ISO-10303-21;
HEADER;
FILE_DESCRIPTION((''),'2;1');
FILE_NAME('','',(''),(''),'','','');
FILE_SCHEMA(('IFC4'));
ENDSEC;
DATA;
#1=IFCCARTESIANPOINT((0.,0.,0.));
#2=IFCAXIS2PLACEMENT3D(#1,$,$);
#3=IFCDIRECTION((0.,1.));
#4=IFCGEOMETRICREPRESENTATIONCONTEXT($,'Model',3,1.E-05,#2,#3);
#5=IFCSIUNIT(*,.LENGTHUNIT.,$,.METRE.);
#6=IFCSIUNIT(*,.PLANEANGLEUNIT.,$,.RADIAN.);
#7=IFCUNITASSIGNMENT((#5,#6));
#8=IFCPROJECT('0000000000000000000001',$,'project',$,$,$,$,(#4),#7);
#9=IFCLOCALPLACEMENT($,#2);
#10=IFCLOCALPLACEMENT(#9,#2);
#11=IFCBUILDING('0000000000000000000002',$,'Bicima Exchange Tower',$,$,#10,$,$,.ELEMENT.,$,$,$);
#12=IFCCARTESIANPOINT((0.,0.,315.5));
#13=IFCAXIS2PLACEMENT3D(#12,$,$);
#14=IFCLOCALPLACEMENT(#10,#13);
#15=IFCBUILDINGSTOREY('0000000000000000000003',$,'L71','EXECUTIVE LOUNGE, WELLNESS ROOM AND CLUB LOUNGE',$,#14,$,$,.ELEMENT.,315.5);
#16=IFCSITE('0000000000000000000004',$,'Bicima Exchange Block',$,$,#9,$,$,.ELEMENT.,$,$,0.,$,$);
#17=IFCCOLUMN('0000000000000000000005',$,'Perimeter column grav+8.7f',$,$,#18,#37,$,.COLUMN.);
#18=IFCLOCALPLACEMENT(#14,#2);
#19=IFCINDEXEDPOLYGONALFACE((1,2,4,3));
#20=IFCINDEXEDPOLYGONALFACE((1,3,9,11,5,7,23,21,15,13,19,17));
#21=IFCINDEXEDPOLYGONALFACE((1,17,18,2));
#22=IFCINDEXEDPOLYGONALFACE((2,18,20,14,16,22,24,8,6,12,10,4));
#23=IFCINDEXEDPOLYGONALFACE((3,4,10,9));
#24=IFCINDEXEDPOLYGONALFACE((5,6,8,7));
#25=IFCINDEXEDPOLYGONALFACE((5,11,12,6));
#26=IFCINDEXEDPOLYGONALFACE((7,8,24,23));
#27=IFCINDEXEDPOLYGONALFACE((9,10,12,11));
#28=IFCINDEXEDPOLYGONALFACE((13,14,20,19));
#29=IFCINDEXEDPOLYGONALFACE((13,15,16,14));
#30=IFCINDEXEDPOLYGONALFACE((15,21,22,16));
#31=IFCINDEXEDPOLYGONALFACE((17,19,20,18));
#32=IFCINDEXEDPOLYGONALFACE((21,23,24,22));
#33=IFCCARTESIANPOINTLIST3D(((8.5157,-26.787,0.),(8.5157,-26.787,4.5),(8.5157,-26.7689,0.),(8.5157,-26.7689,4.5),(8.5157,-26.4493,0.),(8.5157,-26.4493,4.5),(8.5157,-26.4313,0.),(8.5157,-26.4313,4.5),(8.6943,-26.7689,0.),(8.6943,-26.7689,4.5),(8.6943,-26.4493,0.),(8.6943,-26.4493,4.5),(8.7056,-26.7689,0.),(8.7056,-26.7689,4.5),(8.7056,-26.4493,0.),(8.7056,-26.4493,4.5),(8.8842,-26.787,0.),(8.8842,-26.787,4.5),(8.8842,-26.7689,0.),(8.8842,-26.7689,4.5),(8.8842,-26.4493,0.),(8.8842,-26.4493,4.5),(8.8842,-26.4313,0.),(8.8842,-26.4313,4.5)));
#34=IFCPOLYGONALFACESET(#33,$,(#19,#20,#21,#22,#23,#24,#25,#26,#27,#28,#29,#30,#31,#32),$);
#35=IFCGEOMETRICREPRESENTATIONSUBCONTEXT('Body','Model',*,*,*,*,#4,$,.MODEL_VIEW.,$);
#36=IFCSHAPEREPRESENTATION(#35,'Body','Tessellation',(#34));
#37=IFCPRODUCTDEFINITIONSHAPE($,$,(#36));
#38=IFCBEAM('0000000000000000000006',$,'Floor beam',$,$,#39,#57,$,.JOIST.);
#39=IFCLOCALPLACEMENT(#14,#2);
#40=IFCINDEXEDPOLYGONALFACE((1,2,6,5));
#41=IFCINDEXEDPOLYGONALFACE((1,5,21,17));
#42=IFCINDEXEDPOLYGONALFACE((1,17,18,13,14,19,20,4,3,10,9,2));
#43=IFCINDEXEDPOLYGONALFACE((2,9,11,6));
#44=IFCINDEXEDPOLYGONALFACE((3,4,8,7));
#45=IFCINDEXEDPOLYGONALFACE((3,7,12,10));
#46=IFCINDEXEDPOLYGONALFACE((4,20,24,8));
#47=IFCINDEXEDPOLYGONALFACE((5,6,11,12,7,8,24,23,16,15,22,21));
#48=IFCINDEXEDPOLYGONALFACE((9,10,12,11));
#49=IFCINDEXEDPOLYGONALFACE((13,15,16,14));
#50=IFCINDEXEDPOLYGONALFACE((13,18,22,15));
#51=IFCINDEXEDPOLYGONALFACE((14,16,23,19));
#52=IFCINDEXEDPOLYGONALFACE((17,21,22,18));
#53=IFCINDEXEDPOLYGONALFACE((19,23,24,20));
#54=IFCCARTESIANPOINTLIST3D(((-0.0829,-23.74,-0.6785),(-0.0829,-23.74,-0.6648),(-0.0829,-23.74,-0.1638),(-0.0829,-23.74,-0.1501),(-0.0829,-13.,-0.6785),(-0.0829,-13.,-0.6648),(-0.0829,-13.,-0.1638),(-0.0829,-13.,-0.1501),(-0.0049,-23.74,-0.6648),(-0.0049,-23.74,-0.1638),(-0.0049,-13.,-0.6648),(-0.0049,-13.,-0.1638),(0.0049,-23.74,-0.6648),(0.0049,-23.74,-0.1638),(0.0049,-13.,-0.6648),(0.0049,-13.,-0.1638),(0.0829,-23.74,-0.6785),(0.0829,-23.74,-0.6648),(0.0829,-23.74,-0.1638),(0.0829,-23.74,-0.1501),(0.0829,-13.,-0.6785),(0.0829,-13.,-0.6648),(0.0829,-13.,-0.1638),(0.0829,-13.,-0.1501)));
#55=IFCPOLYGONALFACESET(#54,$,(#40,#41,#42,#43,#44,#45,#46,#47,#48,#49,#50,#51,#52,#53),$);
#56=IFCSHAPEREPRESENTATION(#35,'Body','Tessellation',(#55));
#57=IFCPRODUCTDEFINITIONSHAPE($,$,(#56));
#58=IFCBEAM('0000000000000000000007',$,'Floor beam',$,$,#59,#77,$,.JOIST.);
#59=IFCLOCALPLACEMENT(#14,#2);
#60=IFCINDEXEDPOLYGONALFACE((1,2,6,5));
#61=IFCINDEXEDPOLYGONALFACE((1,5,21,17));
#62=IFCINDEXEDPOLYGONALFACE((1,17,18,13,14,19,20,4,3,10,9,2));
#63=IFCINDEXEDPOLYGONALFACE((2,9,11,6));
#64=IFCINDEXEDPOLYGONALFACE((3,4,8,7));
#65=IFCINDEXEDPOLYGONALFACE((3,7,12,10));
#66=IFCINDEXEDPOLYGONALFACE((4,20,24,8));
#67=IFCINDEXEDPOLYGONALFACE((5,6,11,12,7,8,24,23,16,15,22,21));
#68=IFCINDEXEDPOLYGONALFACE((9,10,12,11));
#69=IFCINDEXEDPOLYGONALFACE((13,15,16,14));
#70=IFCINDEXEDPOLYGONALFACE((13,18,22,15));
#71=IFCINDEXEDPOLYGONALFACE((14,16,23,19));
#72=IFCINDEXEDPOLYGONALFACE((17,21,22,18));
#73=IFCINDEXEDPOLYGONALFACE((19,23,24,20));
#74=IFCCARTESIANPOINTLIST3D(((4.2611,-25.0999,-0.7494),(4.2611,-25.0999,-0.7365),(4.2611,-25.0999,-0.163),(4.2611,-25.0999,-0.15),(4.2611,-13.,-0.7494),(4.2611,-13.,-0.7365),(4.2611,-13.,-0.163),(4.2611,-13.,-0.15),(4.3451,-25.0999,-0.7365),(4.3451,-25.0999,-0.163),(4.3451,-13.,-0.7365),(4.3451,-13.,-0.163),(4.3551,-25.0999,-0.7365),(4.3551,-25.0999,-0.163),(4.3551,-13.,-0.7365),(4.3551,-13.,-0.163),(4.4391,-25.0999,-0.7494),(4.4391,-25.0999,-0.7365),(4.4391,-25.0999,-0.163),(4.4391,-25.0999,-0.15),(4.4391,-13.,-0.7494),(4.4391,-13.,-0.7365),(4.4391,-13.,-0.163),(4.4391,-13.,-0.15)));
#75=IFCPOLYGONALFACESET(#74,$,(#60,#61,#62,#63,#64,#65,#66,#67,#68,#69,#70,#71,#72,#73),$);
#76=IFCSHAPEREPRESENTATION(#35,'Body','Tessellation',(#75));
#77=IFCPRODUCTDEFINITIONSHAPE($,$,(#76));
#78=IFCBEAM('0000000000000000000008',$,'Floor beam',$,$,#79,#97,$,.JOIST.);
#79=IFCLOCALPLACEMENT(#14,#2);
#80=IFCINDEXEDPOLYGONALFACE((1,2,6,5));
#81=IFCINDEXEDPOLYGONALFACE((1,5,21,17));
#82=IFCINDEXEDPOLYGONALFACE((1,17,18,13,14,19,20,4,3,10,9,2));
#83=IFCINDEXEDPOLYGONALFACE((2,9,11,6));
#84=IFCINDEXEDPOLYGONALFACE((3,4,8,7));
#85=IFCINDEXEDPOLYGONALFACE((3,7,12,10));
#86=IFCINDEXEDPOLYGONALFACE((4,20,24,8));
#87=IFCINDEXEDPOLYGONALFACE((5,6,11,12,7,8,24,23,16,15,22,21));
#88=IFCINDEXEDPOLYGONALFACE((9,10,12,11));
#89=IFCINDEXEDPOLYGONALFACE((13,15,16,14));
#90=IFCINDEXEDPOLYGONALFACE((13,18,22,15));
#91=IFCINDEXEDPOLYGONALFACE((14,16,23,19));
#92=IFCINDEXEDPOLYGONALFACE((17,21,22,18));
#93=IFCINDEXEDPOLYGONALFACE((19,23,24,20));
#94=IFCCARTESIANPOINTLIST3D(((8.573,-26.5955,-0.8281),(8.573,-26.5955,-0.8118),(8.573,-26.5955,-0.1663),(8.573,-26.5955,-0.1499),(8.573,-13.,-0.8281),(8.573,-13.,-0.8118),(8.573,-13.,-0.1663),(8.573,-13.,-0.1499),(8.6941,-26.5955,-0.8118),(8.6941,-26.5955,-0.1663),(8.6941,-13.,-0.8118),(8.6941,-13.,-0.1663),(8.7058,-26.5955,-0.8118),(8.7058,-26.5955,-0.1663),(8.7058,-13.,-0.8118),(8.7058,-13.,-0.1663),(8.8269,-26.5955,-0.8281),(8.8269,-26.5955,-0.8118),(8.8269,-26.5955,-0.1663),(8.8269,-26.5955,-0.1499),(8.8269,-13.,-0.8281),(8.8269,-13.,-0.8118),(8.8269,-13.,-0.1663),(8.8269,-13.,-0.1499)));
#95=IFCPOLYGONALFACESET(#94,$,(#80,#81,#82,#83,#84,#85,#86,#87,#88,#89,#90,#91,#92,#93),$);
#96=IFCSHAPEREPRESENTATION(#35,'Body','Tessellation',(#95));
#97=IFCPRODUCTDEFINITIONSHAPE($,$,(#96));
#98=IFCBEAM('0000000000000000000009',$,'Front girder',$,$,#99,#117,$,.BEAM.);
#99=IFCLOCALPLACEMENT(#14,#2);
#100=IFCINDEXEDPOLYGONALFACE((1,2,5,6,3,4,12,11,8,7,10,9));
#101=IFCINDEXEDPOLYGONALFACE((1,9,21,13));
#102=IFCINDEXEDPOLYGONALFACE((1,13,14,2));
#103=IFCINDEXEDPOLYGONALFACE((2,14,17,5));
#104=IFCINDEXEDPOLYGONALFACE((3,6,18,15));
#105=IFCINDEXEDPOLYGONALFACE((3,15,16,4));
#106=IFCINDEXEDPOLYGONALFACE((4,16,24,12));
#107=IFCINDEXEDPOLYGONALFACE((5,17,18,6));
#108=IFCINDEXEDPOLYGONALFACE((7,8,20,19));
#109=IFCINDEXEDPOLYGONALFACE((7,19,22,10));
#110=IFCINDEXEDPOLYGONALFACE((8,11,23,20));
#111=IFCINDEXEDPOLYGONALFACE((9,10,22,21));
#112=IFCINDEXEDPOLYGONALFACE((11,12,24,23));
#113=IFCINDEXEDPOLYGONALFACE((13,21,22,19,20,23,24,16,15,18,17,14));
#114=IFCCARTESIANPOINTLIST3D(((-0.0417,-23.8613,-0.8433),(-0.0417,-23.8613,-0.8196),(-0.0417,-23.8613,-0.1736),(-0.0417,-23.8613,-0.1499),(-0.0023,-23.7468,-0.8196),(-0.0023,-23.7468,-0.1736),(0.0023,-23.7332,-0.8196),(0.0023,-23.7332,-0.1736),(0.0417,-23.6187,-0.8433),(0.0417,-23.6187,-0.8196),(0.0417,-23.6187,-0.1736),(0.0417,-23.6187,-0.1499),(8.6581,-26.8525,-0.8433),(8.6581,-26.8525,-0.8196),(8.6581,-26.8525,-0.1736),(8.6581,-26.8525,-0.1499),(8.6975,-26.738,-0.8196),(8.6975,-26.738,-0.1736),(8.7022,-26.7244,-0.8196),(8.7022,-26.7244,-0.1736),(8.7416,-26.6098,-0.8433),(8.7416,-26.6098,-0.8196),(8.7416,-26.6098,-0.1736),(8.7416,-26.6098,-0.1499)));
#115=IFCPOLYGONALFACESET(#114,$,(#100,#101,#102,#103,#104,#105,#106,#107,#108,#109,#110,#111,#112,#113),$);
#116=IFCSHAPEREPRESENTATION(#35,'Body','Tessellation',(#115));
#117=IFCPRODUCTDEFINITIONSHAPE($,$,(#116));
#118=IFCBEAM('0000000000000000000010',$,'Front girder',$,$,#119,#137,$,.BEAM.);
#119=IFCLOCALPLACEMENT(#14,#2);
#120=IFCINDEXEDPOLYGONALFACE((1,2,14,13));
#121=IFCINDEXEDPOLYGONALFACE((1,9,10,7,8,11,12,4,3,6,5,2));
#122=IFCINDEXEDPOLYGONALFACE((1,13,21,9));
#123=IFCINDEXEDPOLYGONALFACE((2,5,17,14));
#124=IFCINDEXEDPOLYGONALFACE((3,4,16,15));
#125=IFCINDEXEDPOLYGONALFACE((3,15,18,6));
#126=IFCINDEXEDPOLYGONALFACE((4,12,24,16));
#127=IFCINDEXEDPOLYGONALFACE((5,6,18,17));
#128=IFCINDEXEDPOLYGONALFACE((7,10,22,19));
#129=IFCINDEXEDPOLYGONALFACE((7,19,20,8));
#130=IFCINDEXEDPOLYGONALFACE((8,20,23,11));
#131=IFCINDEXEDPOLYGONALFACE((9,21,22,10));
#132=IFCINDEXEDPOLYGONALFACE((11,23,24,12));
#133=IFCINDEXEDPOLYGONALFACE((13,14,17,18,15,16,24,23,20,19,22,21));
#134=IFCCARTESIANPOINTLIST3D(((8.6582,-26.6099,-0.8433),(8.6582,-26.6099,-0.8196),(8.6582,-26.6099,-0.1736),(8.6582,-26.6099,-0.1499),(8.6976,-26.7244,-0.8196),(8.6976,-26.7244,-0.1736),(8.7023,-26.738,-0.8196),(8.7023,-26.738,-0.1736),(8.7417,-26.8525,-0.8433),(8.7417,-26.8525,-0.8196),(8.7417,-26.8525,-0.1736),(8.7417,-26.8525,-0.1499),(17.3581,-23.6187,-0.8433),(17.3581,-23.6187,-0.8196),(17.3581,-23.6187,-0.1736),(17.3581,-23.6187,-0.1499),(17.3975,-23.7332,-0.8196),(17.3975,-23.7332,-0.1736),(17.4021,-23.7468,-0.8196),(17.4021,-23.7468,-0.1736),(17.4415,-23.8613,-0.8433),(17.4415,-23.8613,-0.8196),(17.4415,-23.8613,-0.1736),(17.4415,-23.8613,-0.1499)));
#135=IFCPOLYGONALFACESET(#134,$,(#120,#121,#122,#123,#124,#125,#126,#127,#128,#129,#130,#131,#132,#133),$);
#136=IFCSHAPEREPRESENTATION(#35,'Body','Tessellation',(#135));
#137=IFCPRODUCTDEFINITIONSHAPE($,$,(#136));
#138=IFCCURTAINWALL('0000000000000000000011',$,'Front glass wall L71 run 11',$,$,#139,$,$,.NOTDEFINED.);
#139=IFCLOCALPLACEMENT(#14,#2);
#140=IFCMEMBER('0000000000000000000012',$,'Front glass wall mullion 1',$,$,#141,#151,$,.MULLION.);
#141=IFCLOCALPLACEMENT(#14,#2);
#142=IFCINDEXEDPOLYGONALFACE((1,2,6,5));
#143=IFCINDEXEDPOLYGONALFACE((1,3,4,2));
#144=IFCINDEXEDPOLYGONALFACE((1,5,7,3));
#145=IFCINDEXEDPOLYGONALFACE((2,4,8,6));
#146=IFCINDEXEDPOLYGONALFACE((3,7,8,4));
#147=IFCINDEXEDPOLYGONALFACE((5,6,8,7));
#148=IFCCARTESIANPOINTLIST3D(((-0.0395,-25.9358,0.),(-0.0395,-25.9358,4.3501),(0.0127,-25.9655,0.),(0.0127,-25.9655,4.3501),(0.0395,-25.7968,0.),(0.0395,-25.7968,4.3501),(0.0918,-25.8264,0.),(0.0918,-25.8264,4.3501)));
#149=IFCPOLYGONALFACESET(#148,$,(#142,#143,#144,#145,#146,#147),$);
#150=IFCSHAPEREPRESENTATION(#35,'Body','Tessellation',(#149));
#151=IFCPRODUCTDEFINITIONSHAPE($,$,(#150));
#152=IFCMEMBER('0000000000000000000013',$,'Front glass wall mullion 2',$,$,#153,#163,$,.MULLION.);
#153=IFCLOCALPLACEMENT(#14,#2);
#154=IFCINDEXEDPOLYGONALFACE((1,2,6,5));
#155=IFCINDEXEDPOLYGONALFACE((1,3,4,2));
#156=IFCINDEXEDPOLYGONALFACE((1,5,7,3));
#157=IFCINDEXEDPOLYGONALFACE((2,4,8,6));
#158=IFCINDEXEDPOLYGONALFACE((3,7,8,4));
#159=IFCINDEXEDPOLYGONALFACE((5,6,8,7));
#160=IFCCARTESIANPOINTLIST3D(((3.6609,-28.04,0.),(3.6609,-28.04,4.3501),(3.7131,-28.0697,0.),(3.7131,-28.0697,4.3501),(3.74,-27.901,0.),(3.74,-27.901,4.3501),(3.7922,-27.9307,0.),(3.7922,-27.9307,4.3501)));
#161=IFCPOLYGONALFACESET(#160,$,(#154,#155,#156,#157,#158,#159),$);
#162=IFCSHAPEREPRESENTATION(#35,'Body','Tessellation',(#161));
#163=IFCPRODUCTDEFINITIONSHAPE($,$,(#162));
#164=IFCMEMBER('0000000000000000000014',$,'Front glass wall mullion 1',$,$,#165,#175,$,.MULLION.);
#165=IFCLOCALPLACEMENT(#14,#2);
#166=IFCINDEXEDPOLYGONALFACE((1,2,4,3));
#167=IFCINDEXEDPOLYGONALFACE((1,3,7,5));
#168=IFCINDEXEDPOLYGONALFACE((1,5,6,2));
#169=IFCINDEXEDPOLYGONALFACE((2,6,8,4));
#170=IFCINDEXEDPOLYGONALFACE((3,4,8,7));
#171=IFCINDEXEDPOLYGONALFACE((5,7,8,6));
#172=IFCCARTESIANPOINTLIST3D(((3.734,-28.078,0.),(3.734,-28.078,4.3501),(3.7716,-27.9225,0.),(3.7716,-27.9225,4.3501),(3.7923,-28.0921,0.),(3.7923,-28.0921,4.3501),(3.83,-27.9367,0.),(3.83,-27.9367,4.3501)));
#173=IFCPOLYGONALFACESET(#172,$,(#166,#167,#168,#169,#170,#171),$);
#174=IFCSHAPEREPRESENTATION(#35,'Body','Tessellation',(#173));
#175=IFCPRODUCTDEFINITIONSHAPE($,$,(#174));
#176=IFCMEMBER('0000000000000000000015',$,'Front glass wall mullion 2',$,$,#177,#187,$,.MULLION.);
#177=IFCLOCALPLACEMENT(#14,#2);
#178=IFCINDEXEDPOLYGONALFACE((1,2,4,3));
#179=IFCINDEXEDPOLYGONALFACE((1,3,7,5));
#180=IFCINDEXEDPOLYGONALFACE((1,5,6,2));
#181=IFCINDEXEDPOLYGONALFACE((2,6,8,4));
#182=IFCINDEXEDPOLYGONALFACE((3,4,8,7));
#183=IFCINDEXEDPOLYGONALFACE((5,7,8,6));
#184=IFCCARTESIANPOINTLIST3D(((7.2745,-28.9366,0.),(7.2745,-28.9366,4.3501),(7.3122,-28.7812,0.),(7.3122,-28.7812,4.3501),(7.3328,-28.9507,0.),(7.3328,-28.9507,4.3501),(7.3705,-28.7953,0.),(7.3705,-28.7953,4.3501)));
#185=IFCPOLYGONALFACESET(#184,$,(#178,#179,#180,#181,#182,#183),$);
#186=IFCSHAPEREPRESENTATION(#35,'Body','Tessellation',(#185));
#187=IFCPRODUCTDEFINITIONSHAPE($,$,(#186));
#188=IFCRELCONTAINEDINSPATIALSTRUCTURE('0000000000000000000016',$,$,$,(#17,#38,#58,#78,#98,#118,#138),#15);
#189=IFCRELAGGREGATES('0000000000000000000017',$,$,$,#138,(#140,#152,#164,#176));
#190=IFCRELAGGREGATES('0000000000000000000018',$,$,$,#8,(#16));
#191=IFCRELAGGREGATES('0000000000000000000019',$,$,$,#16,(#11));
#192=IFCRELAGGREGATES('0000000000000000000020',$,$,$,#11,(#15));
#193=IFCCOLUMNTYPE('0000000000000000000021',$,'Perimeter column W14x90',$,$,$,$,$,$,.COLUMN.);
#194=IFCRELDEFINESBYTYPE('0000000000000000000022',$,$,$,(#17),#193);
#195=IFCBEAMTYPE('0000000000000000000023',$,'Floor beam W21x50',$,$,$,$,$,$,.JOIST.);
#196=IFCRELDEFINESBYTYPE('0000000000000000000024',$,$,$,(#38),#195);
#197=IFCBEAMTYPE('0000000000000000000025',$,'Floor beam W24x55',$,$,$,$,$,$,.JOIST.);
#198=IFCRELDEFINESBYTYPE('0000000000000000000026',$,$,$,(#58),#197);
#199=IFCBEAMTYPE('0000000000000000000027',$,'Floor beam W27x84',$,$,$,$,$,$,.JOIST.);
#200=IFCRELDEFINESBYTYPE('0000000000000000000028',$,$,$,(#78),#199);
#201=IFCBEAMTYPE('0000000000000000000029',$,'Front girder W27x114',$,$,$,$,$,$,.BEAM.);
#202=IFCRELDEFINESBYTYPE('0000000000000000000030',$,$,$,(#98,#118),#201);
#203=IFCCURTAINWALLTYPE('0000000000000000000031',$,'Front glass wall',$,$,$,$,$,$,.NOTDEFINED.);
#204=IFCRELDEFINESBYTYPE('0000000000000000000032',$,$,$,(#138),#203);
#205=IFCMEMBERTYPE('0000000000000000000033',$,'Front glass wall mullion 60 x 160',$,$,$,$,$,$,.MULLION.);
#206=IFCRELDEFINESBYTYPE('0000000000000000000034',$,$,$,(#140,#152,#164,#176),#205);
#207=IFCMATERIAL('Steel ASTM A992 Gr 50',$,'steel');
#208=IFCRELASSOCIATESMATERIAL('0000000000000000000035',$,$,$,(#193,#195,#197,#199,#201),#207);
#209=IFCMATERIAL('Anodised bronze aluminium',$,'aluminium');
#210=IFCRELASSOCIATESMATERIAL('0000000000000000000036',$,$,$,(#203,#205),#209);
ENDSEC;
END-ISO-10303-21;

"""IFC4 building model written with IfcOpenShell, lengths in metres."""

from ifc_helpers import new_model, si_unit, direction, frame, origin, origin_2d, place, context, subcontext, project, spatial, rectangle, i_section, extrude, material, material_profile, profile_set, type_object, element, aggregate, save


model = new_model("IFC4")

# Units and contexts
model_context = context("Model", 3, precision=1e-05, world=origin(), true_north=direction((0.0, 1.0)))
body_context = subcontext(model_context, "Body", "Model", "MODEL_VIEW")
ifc_project = project(units=[si_unit("LENGTHUNIT", "METRE"), si_unit("PLANEANGLEUNIT", "RADIAN")], contexts=[model_context])

# Site, building, storey
site_placement = place(None, origin())
site = spatial("IfcSite", under=ifc_project, at=site_placement, Name="Bicima Exchange Block", CompositionType="ELEMENT", RefElevation=0.0)
building_placement = place(site_placement, origin())
building = spatial("IfcBuilding", under=site, at=building_placement, Name="Bicima Exchange Tower", CompositionType="ELEMENT")
storey_placement = place(building_placement, frame((0.0, 0.0, 315.5)))
storey = spatial("IfcBuildingStorey", under=building, at=storey_placement, Name="L71", Description="EXECUTIVE LOUNGE, WELLNESS ROOM AND CLUB LOUNGE", CompositionType="ELEMENT", Elevation=315.5)

# Column
ifc_material_1 = material(Name="Steel ASTM A992 Gr 50", Category="steel")
ifc_material_profile_1 = material_profile(ifc_material_1, i_section(OverallWidth=0.3684, OverallDepth=0.3557, WebThickness=0.0112, FlangeThickness=0.0181, at=origin_2d()))
ifc_profile_set_1 = profile_set([ifc_material_profile_1], Name="Steel ASTM A992 Gr 50")
column_type = type_object("IfcColumnType", Name="Perimeter column W14x90", PredefinedType="COLUMN", material=ifc_profile_set_1)
column_placement = place(storey_placement, frame((8.7, -26.6091, 0.0), z_axis=(0.0, 0.0, 1.0), x_axis=(1.0, 0.0, 0.0)))
element("IfcColumn", 1, at=column_placement, inside=storey, type_object=column_type, Name="Perimeter column grav+8.7f", PredefinedType="COLUMN", context=body_context, shape_type="SweptSolid", body=[
    extrude(i_section(OverallWidth=0.3684, OverallDepth=0.3557, WebThickness=0.0112, FlangeThickness=0.0181, at=origin_2d()), origin(), (0.0, 0.0, 1.0), 4.5),
])

# Beams
ifc_material_profile_2 = material_profile(ifc_material_1, i_section(OverallWidth=0.1658, OverallDepth=0.5283, WebThickness=0.0098, FlangeThickness=0.0137, at=origin_2d()))
ifc_profile_set_2 = profile_set([ifc_material_profile_2], Name="Steel ASTM A992 Gr 50")
beam_type_1 = type_object("IfcBeamType", Name="Floor beam W21x50", PredefinedType="JOIST", material=ifc_profile_set_2)
beam_1_placement = place(storey_placement, frame((0.0, -13.0, -0.4143), z_axis=(0.0, -1.0, 0.0), x_axis=(1.0, 0.0, 0.0)))
element("IfcBeam", 2, at=beam_1_placement, inside=storey, type_object=beam_type_1, Name="Floor beam", PredefinedType="JOIST", context=body_context, shape_type="SweptSolid", body=[
    extrude(i_section(OverallWidth=0.1658, OverallDepth=0.5283, WebThickness=0.0098, FlangeThickness=0.0137, at=origin_2d()), origin(), (0.0, 0.0, 1.0), 10.74),
])
ifc_material_profile_3 = material_profile(ifc_material_1, i_section(OverallWidth=0.178, OverallDepth=0.5994, WebThickness=0.01, FlangeThickness=0.0129, at=origin_2d()))
ifc_profile_set_3 = profile_set([ifc_material_profile_3], Name="Steel ASTM A992 Gr 50")
beam_type_2 = type_object("IfcBeamType", Name="Floor beam W24x55", PredefinedType="JOIST", material=ifc_profile_set_3)
beam_2_placement = place(storey_placement, frame((4.3501, -13.0, -0.4497), z_axis=(0.0, -1.0, 0.0), x_axis=(1.0, 0.0, 0.0)))
element("IfcBeam", 3, at=beam_2_placement, inside=storey, type_object=beam_type_2, Name="Floor beam", PredefinedType="JOIST", context=body_context, shape_type="SweptSolid", body=[
    extrude(i_section(OverallWidth=0.178, OverallDepth=0.5994, WebThickness=0.01, FlangeThickness=0.0129, at=origin_2d()), origin(), (0.0, 0.0, 1.0), 12.0999),
])
ifc_material_profile_4 = material_profile(ifc_material_1, i_section(OverallWidth=0.2539, OverallDepth=0.6782, WebThickness=0.0117, FlangeThickness=0.0164, at=origin_2d()))
ifc_profile_set_4 = profile_set([ifc_material_profile_4], Name="Steel ASTM A992 Gr 50")
beam_type_3 = type_object("IfcBeamType", Name="Floor beam W27x84", PredefinedType="JOIST", material=ifc_profile_set_4)
beam_3_placement = place(storey_placement, frame((8.7, -13.0, -0.489), z_axis=(0.0, -1.0, 0.0), x_axis=(1.0, 0.0, 0.0)))
element("IfcBeam", 4, at=beam_3_placement, inside=storey, type_object=beam_type_3, Name="Floor beam", PredefinedType="JOIST", context=body_context, shape_type="SweptSolid", body=[
    extrude(i_section(OverallWidth=0.2539, OverallDepth=0.6782, WebThickness=0.0117, FlangeThickness=0.0164, at=origin_2d()), origin(), (0.0, 0.0, 1.0), 13.5955),
])
ifc_material_profile_5 = material_profile(ifc_material_1, i_section(OverallWidth=0.2566, OverallDepth=0.6934, WebThickness=0.0144, FlangeThickness=0.0237, at=origin_2d()))
ifc_profile_set_5 = profile_set([ifc_material_profile_5], Name="Steel ASTM A992 Gr 50")
beam_type_4 = type_object("IfcBeamType", Name="Front girder W27x114", PredefinedType="BEAM", material=ifc_profile_set_5)
for number, where, z_axis, x_axis, name in (
    (5, (0.0, -23.74, -0.4966), (0.945666, -0.325138, 0.0), (0.325138, 0.945666, 0.0), "Front girder"),
    (6, (8.7, -26.7312, -0.4966), (0.945666, 0.325138, 0.0), (-0.325138, 0.945666, 0.0), "Front girder"),
):
    element("IfcBeam", number, at=place(storey_placement, frame(where, z_axis=z_axis, x_axis=x_axis)), inside=storey, type_object=beam_type_4, Name=name, PredefinedType="BEAM", context=body_context, shape_type="SweptSolid", body=[
        extrude(i_section(OverallWidth=0.2566, OverallDepth=0.6934, WebThickness=0.0144, FlangeThickness=0.0237, at=origin_2d()), origin(), (0.0, 0.0, 1.0), 9.1997),
    ])

# Curtain wall, members
ifc_material_2 = material(Name="Anodised bronze aluminium", Category="aluminium")
curtain_wall_type = type_object("IfcCurtainWallType", Name="Front glass wall", PredefinedType="NOTDEFINED", material=ifc_material_2)
curtain_wall_placement = place(storey_placement, origin())
curtain_wall = element("IfcCurtainWall", 7, at=curtain_wall_placement, inside=storey, type_object=curtain_wall_type, Name="Front glass wall L71 run 11", PredefinedType="NOTDEFINED")
ifc_material_profile_6 = material_profile(ifc_material_2, rectangle(XDim=0.1599, YDim=0.0601, at=origin_2d()))
ifc_profile_set_6 = profile_set([ifc_material_profile_6], Name="Anodised bronze aluminium")
member_type_1 = type_object("IfcMemberType", Name="Front glass wall mullion 60 x 160", PredefinedType="MULLION", material=ifc_profile_set_6)
member_1_placement = place(storey_placement, frame((0.0261, -25.8811, 0.0), z_axis=(0.0, 0.0, 1.0), x_axis=(0.49433, 0.869274, 0.0)))
member_1 = element("IfcMember", 8, at=member_1_placement, type_object=member_type_1, Name="Front glass wall mullion 1", PredefinedType="MULLION", context=body_context, shape_type="SweptSolid", body=[
    extrude(rectangle(XDim=0.1599, YDim=0.0601, at=origin_2d()), origin(), (0.0, 0.0, 1.0), 4.3501),
])
member_2_placement = place(storey_placement, frame((3.7266, -27.9854, 0.0), z_axis=(0.0, 0.0, 1.0), x_axis=(0.49433, 0.869274, 0.0)))
member_2 = element("IfcMember", 9, at=member_2_placement, type_object=member_type_1, Name="Front glass wall mullion 2", PredefinedType="MULLION", context=body_context, shape_type="SweptSolid", body=[
    extrude(rectangle(XDim=0.1599, YDim=0.0601, at=origin_2d()), origin(), (0.0, 0.0, 1.0), 4.3501),
])
member_3_placement = place(storey_placement, frame((3.782, -28.0073, 0.0), z_axis=(0.0, 0.0, 1.0), x_axis=(0.235682, 0.97183, 0.0)))
member_3 = element("IfcMember", 10, at=member_3_placement, type_object=member_type_1, Name="Front glass wall mullion 1", PredefinedType="MULLION", context=body_context, shape_type="SweptSolid", body=[
    extrude(rectangle(XDim=0.1599, YDim=0.0601, at=origin_2d()), origin(), (0.0, 0.0, 1.0), 4.3501),
])
member_4_placement = place(storey_placement, frame((7.3225, -28.866, 0.0), z_axis=(0.0, 0.0, 1.0), x_axis=(0.235682, 0.97183, 0.0)))
member_4 = element("IfcMember", 11, at=member_4_placement, type_object=member_type_1, Name="Front glass wall mullion 2", PredefinedType="MULLION", context=body_context, shape_type="SweptSolid", body=[
    extrude(rectangle(XDim=0.1599, YDim=0.0601, at=origin_2d()), origin(), (0.0, 0.0, 1.0), 4.3501),
])

aggregate(curtain_wall, [member_1, member_2, member_3, member_4])

save(model, "model.ifc")
